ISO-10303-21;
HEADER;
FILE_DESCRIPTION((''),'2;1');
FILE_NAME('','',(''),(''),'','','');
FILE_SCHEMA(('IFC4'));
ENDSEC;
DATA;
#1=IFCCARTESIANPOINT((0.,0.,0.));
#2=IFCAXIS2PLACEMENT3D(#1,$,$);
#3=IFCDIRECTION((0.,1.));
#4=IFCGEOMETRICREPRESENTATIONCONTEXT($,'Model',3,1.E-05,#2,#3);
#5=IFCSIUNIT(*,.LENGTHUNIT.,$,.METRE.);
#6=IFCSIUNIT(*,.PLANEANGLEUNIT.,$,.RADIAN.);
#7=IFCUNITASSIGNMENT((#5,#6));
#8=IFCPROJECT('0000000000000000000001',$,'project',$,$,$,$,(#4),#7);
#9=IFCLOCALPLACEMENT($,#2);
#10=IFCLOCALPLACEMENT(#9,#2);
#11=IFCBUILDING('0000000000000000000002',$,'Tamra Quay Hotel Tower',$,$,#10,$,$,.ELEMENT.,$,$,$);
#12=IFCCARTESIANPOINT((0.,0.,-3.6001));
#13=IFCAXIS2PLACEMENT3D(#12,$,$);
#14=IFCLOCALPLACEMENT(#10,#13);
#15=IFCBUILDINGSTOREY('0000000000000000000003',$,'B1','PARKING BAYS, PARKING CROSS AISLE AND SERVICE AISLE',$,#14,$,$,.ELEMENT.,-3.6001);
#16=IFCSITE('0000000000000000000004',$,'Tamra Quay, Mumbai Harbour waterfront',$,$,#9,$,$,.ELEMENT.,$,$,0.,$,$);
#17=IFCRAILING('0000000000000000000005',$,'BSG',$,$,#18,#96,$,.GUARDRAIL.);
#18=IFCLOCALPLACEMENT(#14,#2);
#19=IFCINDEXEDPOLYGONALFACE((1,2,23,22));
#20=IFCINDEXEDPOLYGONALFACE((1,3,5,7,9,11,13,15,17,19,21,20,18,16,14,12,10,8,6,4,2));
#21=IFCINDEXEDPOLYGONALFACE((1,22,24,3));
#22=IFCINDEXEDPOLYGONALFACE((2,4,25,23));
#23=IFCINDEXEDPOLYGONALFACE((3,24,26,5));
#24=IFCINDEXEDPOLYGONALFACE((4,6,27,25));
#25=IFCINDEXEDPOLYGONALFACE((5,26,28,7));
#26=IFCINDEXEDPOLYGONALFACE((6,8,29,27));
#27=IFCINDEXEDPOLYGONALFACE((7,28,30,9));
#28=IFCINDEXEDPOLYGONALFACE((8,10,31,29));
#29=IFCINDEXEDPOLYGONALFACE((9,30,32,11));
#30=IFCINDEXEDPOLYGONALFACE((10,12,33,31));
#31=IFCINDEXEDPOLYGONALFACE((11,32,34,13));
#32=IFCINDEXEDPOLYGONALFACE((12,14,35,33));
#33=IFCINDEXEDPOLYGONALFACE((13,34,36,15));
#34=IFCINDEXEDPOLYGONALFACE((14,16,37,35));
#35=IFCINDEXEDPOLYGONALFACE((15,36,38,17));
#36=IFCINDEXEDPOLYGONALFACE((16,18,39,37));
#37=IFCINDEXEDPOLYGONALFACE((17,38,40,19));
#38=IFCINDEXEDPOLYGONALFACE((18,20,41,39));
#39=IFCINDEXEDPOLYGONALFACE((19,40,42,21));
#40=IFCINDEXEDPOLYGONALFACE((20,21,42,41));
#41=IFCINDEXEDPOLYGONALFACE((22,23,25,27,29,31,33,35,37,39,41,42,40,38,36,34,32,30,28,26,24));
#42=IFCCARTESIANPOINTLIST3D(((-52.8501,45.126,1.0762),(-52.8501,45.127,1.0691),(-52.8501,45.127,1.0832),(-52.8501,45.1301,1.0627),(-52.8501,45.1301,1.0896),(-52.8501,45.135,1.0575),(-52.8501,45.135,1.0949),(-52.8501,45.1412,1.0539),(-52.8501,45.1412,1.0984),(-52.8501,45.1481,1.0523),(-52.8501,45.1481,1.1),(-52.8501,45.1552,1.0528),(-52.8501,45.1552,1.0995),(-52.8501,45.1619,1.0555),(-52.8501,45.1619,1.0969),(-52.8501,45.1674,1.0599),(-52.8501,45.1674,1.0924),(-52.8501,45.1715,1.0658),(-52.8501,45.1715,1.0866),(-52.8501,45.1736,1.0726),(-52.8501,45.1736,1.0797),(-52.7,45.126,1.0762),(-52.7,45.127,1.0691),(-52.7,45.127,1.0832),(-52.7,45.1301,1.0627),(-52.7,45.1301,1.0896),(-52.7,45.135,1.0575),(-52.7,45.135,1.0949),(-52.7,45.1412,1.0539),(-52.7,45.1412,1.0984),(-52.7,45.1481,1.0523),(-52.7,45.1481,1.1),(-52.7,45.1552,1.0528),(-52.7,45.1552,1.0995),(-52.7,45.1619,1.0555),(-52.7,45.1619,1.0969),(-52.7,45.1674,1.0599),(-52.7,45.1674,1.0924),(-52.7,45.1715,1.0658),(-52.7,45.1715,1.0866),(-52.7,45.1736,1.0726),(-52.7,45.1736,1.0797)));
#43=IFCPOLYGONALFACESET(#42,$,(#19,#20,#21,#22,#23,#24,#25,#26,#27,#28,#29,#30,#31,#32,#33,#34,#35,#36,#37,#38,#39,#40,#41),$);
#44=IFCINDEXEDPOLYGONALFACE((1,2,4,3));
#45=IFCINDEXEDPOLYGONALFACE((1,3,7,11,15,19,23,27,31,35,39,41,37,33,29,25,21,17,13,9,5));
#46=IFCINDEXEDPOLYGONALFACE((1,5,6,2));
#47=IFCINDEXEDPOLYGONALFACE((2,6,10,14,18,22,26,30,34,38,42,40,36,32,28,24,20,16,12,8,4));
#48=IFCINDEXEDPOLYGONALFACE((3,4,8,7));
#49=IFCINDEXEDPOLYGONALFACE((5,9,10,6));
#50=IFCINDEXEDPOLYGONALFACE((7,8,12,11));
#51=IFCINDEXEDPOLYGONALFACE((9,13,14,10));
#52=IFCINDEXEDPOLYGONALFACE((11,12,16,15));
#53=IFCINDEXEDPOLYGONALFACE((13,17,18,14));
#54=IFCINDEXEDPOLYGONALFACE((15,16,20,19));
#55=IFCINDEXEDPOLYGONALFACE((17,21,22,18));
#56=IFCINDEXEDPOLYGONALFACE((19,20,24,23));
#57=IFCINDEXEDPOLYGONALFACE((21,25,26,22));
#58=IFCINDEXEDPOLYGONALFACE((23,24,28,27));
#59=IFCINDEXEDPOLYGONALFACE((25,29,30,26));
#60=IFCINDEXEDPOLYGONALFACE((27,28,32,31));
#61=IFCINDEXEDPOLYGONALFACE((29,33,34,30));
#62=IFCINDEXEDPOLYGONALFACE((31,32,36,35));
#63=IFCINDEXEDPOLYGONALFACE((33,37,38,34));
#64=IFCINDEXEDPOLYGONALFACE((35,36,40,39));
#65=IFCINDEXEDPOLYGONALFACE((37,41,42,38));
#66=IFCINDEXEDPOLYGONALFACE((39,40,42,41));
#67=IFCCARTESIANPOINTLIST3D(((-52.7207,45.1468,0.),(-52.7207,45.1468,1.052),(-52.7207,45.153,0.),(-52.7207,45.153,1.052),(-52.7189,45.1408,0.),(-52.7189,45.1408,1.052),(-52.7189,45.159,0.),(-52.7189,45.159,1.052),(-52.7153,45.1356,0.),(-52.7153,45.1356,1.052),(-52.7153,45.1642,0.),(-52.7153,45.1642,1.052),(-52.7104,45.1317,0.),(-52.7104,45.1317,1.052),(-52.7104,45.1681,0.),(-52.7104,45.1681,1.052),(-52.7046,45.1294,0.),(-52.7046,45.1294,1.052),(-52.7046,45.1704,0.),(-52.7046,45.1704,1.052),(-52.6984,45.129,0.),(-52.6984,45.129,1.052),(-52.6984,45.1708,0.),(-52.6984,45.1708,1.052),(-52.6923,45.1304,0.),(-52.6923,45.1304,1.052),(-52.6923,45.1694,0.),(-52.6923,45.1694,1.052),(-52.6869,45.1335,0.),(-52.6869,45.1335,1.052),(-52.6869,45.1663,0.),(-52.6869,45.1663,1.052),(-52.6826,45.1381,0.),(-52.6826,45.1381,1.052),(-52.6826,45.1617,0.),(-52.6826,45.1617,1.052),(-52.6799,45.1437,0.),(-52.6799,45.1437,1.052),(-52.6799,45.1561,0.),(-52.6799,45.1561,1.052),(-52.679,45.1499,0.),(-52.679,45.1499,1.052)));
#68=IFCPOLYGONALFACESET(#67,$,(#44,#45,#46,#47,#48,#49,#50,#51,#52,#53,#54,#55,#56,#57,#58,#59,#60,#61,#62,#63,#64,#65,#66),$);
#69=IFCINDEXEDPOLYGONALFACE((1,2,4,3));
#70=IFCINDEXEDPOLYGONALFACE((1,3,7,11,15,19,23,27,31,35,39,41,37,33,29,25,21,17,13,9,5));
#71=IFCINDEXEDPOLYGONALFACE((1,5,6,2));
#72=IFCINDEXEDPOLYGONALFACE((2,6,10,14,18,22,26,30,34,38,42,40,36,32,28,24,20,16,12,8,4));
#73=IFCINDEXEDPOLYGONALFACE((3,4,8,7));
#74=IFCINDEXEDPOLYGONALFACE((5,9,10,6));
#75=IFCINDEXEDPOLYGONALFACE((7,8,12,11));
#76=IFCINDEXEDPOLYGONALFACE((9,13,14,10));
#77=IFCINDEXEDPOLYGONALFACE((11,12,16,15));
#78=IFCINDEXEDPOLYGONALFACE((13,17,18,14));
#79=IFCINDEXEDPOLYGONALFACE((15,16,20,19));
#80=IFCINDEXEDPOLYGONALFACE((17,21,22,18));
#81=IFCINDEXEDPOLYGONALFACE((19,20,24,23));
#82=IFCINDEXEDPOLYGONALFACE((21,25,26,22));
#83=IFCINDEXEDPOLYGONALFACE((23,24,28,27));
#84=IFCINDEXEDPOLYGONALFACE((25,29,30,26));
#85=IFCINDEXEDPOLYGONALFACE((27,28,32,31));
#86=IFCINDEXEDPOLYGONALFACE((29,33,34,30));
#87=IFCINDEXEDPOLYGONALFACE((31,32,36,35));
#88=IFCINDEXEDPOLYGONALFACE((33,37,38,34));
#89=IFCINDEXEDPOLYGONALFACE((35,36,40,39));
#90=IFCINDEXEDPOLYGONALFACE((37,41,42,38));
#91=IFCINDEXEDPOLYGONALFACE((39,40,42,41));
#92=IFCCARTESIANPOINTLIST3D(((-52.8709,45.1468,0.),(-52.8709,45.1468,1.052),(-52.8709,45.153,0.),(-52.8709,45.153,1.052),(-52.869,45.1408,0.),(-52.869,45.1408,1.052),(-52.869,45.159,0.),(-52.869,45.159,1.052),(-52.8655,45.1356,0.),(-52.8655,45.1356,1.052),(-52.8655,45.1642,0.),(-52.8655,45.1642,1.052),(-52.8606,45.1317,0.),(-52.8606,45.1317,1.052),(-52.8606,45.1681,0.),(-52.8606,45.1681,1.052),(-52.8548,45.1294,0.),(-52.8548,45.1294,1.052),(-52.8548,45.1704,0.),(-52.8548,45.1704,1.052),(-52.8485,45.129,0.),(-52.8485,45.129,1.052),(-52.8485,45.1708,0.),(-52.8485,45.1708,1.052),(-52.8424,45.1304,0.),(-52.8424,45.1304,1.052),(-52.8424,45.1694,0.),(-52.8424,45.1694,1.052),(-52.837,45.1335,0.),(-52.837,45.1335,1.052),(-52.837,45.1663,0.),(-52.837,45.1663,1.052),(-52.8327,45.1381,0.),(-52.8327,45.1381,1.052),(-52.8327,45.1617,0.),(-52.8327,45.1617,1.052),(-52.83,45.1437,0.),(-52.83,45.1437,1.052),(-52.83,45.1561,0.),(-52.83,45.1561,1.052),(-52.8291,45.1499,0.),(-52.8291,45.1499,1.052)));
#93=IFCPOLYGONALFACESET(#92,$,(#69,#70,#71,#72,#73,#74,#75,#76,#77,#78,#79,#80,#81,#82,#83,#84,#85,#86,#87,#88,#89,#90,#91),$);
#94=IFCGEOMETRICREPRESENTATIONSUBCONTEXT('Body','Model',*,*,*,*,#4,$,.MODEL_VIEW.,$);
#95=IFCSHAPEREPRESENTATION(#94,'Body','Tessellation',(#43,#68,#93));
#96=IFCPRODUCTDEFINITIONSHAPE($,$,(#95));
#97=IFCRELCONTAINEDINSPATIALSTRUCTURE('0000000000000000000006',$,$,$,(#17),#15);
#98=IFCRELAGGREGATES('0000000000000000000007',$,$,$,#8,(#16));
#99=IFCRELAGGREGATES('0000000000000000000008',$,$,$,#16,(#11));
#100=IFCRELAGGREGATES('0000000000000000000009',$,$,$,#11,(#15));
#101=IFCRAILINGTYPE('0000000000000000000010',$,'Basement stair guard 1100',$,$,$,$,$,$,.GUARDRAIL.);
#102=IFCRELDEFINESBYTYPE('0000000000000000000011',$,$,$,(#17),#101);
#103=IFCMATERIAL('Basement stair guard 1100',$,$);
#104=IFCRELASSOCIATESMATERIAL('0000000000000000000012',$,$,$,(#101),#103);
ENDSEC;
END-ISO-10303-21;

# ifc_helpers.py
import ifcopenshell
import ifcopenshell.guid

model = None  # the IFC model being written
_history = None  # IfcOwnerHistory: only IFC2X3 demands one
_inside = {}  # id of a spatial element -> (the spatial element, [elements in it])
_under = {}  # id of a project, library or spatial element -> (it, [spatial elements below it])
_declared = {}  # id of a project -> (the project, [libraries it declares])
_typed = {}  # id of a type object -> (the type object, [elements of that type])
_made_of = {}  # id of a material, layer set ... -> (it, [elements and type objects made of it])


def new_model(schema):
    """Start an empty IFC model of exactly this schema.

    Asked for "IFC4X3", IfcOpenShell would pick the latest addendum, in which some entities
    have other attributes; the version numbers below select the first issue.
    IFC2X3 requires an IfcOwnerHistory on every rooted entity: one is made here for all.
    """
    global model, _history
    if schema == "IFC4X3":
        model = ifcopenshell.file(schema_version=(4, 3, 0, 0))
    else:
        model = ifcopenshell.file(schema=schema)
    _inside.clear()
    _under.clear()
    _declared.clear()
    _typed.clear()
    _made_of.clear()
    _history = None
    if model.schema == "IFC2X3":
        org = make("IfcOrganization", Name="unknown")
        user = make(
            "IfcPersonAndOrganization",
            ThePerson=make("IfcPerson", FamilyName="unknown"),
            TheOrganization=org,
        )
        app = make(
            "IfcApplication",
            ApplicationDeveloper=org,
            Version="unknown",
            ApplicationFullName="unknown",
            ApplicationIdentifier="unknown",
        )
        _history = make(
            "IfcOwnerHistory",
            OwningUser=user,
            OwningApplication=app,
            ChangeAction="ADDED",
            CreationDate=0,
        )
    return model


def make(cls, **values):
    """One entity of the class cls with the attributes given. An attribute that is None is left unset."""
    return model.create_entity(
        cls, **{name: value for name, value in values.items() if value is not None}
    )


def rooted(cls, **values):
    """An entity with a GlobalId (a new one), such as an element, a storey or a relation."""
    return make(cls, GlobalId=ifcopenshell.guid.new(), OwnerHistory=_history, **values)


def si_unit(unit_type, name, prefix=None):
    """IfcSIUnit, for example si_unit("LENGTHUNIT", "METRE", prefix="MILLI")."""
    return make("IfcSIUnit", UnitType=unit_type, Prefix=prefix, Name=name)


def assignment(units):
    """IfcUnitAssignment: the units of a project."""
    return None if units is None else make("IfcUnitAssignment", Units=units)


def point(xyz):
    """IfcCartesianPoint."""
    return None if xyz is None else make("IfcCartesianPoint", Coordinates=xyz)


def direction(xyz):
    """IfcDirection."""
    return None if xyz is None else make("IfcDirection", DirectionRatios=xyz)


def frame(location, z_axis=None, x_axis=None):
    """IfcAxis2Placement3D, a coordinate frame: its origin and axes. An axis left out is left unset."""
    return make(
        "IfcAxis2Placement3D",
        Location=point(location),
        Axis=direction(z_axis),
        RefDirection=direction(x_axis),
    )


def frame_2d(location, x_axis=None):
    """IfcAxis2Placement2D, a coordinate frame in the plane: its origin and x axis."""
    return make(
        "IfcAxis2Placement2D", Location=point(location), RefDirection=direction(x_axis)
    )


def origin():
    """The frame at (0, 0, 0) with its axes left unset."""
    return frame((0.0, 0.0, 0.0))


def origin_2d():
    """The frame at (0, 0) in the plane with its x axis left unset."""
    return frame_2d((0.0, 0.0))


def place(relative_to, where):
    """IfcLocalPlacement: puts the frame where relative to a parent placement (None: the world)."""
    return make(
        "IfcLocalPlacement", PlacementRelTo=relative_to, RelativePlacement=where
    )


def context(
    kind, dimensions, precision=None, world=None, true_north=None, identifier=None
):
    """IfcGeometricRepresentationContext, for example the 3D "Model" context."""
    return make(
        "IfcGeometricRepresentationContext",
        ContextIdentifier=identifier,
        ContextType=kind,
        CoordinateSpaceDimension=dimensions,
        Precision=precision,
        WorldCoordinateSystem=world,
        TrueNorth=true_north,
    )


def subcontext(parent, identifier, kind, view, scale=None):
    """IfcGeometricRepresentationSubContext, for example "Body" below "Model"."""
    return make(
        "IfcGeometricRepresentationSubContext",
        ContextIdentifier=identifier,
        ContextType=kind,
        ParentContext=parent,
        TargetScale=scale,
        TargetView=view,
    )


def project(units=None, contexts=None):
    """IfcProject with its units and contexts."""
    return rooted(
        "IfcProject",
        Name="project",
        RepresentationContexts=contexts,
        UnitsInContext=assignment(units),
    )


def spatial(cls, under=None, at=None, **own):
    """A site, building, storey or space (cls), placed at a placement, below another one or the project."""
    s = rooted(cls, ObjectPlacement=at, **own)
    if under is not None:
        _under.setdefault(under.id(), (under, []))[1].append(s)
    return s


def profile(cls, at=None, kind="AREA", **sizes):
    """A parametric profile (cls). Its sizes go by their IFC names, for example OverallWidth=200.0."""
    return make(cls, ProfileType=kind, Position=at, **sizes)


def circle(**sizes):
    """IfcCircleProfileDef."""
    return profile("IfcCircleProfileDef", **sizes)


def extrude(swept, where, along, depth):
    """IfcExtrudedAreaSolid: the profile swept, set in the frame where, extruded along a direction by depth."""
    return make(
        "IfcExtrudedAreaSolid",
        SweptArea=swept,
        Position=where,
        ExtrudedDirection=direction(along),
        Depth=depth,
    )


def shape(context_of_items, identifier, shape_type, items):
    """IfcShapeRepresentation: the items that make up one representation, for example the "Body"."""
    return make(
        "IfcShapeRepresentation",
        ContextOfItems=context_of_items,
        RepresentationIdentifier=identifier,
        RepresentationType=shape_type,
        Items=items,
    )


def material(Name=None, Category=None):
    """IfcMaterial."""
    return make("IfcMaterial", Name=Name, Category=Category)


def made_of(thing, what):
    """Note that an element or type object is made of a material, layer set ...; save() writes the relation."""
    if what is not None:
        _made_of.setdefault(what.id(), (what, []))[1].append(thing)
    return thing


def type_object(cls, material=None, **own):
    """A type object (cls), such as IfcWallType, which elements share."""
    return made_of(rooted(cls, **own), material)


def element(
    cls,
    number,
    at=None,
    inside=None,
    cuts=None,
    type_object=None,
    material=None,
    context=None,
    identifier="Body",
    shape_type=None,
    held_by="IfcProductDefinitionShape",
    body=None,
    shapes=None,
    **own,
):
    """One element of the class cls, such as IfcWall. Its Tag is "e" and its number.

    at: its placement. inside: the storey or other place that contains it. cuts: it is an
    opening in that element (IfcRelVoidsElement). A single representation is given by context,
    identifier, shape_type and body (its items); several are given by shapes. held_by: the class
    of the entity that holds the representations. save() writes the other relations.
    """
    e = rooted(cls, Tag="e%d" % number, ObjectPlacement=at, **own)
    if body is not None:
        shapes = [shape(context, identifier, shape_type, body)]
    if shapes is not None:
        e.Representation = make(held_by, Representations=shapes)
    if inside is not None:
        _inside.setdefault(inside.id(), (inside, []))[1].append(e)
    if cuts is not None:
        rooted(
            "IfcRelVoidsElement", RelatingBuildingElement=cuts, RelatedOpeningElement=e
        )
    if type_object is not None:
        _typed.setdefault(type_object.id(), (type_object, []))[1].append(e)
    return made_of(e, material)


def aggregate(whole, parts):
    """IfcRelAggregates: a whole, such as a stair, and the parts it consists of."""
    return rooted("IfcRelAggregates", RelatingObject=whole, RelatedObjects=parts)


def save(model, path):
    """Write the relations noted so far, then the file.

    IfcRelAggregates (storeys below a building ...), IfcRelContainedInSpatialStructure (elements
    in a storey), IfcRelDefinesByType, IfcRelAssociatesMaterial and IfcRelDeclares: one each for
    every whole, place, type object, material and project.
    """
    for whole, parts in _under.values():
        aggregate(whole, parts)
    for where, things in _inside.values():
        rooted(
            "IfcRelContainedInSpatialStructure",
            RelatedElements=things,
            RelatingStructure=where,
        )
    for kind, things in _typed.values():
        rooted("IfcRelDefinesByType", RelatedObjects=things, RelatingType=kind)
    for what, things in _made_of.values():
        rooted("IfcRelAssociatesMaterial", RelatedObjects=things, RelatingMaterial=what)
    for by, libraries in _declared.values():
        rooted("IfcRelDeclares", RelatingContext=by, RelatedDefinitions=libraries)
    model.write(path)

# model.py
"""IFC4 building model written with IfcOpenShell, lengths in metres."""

from ifc_helpers import new_model, si_unit, direction, frame, origin, origin_2d, place, context, subcontext, project, spatial, circle, extrude, material, type_object, element, save


model = new_model("IFC4")

# Units and contexts
model_context = context("Model", 3, precision=1e-05, world=origin(), true_north=direction((0.0, 1.0)))
body_context = subcontext(model_context, "Body", "Model", "MODEL_VIEW")
ifc_project = project(units=[si_unit("LENGTHUNIT", "METRE"), si_unit("PLANEANGLEUNIT", "RADIAN")], contexts=[model_context])

# Site, building, storey
site_placement = place(None, origin())
site = spatial("IfcSite", under=ifc_project, at=site_placement, Name="Tamra Quay, Mumbai Harbour waterfront", CompositionType="ELEMENT", RefElevation=0.0)
building_placement = place(site_placement, origin())
building = spatial("IfcBuilding", under=site, at=building_placement, Name="Tamra Quay Hotel Tower", CompositionType="ELEMENT")
storey_placement = place(building_placement, frame((0.0, 0.0, -3.6001)))
storey = spatial("IfcBuildingStorey", under=building, at=storey_placement, Name="B1", Description="PARKING BAYS, PARKING CROSS AISLE AND SERVICE AISLE", CompositionType="ELEMENT", Elevation=-3.6001)

# Railing
ifc_material_1 = material(Name="Basement stair guard 1100")
railing_type_1 = type_object("IfcRailingType", Name="Basement stair guard 1100", PredefinedType="GUARDRAIL", material=ifc_material_1)
railing_1_placement = place(storey_placement, frame((-52.7, 45.1499, 0.0)))
element("IfcRailing", 1, at=railing_1_placement, inside=storey, type_object=railing_type_1, Name="BSG", PredefinedType="GUARDRAIL", context=body_context, shape_type="SweptSolid", body=[
    extrude(circle(Radius=0.0239, at=origin_2d()), frame((0.0, 0.0, 1.0762), z_axis=(-1.0, 0.0, 0.0), x_axis=(0.0, -1.0, 0.0)), (0.0, 0.0, 1.0), 0.1501),
    extrude(circle(Radius=0.021, at=origin_2d()), origin(), (0.0, 0.0, 1.0), 1.052),
    extrude(circle(Radius=0.021, at=origin_2d()), frame((-0.1501, 0.0, 0.0)), (0.0, 0.0, 1.0), 1.052),
])

save(model, "model.ifc")
